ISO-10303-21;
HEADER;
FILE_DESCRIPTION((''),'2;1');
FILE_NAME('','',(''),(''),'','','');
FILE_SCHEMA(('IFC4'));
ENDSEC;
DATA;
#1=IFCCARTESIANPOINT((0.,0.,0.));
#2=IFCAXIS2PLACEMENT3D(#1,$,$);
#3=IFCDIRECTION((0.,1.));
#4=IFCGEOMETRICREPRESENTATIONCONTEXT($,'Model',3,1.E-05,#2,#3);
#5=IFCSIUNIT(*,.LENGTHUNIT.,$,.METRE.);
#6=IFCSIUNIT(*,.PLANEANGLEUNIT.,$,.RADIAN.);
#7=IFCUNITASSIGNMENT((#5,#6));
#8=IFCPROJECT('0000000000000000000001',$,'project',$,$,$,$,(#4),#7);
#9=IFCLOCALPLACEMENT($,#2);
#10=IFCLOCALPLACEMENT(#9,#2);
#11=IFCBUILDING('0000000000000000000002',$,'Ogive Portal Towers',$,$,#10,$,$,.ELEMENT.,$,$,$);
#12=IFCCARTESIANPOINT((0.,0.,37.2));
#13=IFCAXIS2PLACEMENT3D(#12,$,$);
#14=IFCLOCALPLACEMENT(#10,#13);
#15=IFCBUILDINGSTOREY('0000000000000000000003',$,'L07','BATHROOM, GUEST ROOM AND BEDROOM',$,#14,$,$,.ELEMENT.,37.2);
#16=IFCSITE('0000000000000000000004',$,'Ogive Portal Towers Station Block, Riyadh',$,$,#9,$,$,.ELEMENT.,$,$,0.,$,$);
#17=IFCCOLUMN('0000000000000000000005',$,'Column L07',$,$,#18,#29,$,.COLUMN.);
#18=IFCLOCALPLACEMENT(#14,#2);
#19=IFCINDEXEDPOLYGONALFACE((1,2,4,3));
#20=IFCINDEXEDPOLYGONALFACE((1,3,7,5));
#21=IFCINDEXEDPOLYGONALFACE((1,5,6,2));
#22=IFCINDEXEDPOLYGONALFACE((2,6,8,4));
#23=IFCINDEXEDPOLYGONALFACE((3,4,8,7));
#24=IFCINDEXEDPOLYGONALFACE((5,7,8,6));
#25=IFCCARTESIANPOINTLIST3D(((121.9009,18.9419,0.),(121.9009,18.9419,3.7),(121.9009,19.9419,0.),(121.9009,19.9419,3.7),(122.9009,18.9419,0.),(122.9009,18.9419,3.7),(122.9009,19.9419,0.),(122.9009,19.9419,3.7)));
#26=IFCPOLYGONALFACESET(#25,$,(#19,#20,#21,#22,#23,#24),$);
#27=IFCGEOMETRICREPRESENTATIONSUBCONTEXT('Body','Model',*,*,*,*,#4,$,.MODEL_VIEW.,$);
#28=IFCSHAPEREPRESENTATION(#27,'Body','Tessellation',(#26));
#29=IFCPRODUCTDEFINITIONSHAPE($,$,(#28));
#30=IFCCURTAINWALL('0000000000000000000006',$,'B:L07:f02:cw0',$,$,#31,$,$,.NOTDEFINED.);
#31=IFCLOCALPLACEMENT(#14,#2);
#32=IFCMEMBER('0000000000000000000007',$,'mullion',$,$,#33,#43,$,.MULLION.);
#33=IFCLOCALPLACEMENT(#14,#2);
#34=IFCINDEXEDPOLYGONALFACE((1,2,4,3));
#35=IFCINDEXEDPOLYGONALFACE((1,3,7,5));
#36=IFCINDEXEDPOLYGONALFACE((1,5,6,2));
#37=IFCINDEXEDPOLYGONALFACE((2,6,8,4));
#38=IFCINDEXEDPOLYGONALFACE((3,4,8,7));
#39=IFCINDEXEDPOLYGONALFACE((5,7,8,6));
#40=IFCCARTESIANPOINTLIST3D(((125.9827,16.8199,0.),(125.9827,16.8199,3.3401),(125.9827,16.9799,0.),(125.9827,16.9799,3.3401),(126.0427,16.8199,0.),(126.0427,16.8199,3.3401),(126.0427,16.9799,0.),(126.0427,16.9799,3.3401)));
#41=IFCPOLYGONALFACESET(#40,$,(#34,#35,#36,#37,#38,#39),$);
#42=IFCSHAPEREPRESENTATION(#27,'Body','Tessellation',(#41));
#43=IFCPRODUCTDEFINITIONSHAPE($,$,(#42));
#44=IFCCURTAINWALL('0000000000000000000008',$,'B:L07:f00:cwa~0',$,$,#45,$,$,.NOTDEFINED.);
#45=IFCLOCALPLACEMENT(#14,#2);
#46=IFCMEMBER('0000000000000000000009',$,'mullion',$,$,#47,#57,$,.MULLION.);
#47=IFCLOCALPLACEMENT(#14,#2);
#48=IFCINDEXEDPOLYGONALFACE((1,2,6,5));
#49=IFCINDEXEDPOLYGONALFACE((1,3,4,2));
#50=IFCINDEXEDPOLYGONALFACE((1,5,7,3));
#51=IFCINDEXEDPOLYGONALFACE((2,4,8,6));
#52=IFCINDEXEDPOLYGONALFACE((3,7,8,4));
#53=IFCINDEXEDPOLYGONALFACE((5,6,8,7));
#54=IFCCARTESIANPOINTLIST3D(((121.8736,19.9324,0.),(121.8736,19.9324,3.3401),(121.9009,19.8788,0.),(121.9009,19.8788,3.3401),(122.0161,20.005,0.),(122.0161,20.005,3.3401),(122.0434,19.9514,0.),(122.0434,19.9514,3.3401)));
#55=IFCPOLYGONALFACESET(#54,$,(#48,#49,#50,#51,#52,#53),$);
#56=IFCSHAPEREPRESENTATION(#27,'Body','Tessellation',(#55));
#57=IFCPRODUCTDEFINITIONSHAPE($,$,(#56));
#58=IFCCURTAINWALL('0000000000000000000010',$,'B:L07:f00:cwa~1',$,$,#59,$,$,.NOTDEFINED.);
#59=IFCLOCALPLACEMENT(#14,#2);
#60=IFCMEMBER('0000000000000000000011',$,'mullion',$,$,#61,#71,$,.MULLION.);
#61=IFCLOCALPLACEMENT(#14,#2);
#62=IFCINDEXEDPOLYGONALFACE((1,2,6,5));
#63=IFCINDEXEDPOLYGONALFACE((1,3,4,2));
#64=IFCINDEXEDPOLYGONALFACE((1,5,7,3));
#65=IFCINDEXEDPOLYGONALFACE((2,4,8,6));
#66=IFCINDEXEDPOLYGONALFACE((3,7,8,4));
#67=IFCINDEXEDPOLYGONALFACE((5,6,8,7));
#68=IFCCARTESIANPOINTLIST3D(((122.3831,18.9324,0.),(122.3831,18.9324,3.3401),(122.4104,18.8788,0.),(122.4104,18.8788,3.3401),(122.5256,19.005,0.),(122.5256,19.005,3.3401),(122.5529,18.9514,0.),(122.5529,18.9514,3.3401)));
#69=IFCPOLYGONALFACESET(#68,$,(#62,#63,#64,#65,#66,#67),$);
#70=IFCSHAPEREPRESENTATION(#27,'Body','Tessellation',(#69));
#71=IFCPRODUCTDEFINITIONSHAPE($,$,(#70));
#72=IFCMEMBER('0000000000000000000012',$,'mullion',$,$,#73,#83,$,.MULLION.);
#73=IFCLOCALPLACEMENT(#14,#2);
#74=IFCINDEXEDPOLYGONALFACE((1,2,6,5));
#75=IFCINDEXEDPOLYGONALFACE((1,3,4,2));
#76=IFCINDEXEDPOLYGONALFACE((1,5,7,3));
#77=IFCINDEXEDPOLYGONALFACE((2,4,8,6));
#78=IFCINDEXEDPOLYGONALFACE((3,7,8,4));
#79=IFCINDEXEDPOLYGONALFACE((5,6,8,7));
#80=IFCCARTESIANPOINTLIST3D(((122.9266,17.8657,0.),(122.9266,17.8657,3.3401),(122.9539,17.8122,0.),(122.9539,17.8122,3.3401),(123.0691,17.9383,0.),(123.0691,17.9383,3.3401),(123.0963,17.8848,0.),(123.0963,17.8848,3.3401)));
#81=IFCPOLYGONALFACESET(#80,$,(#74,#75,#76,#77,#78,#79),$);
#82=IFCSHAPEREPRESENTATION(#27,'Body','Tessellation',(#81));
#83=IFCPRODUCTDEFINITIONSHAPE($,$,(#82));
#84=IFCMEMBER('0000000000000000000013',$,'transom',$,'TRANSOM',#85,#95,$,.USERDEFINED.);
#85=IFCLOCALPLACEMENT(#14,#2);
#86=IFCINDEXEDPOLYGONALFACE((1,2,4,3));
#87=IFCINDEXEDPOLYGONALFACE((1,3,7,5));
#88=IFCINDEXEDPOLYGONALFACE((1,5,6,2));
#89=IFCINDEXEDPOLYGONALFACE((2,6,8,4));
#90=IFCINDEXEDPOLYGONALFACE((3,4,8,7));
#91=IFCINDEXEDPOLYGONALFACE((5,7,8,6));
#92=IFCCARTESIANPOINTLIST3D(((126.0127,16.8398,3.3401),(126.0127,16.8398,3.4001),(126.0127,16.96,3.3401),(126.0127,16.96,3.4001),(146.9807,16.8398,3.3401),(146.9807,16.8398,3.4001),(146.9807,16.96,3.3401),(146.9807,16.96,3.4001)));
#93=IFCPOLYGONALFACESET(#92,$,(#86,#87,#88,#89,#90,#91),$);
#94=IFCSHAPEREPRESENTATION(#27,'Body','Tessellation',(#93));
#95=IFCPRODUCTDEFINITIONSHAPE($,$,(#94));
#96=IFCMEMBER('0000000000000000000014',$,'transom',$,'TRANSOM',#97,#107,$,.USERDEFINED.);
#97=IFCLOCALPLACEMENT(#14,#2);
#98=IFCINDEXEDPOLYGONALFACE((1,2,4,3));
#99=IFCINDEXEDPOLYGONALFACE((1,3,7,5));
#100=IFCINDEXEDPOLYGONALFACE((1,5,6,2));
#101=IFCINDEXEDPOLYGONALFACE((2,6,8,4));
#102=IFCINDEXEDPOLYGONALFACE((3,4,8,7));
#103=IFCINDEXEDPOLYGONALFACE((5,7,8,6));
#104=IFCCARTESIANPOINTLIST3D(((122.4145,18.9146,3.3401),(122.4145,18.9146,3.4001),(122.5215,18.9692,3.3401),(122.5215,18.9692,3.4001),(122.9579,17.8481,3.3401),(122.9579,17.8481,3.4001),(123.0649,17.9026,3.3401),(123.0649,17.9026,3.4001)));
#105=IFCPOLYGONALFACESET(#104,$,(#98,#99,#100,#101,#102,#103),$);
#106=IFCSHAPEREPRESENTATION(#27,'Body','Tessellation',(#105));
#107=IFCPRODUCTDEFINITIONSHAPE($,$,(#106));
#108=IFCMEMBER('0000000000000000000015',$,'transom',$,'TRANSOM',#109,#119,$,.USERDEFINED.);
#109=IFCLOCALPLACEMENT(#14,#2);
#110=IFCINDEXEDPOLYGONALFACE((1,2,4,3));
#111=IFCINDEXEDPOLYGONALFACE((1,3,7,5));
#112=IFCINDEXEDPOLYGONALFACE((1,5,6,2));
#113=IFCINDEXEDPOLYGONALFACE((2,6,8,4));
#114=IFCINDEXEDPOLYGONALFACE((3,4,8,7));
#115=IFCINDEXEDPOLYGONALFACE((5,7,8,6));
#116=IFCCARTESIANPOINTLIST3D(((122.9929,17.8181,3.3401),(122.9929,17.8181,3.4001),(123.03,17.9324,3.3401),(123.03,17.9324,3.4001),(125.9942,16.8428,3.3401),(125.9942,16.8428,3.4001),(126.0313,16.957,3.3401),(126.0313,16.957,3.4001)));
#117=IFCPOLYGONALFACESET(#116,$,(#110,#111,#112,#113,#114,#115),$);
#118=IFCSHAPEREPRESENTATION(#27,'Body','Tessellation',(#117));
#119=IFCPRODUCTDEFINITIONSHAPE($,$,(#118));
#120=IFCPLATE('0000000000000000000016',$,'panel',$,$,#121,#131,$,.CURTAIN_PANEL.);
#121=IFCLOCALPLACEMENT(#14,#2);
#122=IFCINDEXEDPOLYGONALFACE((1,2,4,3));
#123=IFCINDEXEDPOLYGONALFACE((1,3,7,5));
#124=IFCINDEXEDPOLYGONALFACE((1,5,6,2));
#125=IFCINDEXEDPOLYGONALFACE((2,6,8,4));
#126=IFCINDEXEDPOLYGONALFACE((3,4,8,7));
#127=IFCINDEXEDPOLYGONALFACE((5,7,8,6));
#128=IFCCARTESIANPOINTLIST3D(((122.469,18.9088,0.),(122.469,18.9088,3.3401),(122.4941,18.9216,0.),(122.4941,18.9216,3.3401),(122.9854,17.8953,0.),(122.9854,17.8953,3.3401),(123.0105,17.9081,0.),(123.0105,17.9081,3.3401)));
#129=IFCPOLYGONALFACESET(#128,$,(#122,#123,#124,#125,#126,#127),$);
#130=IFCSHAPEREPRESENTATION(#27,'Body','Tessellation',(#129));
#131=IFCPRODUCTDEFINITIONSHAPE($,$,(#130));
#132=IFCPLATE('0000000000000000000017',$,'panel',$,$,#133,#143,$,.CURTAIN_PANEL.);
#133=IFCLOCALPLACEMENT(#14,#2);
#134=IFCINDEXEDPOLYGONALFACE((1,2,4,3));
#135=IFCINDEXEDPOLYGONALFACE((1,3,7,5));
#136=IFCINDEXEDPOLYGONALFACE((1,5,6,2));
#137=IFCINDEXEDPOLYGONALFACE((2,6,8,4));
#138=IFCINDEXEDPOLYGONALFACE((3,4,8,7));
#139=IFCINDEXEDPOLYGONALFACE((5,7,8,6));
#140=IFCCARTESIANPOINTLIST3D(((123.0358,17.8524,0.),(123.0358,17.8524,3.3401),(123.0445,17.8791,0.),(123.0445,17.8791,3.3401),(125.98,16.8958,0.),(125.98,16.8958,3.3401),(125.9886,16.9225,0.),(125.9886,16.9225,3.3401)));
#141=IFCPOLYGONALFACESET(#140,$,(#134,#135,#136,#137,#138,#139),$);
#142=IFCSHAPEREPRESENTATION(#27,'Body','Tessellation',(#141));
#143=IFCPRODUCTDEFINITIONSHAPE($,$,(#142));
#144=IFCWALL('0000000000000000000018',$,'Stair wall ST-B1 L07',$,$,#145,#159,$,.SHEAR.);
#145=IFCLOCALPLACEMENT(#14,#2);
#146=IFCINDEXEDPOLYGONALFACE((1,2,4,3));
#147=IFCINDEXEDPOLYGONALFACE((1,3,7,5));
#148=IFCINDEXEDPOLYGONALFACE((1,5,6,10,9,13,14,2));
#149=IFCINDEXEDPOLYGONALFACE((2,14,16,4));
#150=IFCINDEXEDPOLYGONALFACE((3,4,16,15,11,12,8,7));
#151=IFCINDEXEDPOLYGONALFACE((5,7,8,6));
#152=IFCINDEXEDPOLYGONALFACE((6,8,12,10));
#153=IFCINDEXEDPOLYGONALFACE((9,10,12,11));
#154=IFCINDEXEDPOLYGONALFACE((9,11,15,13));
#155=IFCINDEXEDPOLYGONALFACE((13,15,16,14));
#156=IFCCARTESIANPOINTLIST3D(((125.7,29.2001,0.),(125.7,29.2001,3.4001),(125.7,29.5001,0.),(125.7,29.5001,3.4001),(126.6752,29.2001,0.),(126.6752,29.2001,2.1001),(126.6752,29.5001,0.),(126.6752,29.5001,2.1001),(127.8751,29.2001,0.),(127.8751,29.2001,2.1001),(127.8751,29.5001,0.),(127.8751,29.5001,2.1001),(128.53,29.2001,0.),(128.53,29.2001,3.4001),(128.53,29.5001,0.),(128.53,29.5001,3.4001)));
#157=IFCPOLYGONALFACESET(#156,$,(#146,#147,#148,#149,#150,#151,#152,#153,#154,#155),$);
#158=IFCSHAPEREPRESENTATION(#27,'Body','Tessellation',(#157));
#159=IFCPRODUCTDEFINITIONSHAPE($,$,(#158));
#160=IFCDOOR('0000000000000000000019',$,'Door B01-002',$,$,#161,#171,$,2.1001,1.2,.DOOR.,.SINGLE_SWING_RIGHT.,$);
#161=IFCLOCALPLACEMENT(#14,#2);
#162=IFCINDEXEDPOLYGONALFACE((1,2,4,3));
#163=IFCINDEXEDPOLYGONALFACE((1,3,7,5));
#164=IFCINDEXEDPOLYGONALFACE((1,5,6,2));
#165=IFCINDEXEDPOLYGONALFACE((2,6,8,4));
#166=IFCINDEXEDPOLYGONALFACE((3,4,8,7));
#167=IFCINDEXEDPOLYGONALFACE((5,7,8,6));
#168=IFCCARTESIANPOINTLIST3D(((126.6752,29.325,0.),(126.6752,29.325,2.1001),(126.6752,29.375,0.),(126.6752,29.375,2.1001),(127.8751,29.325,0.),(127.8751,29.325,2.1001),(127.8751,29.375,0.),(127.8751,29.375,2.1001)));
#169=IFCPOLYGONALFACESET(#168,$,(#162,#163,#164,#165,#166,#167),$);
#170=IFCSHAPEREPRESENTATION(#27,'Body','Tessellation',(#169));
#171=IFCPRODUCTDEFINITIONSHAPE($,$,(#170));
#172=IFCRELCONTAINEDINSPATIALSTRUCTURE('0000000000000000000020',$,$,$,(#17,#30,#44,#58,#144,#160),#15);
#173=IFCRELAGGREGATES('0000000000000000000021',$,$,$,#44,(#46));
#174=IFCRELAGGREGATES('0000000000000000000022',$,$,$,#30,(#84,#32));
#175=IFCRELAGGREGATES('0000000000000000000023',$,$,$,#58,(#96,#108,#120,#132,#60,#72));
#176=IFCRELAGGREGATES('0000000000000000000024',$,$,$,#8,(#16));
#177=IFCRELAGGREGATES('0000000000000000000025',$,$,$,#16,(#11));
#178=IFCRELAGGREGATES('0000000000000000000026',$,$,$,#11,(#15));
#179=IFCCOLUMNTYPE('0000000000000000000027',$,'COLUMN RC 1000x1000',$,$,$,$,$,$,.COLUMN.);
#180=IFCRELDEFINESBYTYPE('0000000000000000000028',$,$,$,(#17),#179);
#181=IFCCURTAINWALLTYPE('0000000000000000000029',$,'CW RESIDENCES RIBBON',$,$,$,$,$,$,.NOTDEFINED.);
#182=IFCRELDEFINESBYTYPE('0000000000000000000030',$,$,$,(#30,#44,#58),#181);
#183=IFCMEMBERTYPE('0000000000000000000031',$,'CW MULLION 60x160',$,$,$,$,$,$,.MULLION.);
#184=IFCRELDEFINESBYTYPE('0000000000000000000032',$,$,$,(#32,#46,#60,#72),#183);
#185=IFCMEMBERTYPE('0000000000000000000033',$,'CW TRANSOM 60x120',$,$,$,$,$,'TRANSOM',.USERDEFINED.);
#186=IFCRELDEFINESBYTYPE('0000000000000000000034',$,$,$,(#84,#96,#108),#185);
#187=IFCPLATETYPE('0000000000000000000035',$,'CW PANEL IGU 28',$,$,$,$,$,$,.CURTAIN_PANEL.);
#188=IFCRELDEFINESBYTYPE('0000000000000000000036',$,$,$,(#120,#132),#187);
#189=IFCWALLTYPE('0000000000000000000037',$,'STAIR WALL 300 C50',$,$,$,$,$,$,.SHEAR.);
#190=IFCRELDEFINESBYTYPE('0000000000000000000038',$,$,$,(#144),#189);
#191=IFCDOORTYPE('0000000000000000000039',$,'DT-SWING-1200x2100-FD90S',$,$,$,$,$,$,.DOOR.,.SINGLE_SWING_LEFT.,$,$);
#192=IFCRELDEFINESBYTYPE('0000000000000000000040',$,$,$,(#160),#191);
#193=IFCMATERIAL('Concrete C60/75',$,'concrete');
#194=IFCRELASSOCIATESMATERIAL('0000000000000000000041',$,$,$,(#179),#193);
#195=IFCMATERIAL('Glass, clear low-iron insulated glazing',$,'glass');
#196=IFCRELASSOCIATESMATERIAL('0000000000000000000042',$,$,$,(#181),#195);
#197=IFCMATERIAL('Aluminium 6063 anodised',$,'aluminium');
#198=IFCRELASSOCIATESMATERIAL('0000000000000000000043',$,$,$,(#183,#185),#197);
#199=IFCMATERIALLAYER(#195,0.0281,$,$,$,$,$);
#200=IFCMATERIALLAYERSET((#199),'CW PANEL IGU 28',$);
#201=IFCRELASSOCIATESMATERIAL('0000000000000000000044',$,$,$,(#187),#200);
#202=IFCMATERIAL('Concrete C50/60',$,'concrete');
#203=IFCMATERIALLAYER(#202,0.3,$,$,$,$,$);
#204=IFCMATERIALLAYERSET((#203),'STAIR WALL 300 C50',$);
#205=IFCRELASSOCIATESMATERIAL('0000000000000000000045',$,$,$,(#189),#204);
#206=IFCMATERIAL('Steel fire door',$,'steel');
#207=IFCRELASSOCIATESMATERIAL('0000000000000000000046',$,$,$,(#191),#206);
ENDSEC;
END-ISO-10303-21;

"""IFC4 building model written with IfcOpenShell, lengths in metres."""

from ifc_helpers import new_model, si_unit, direction, frame, frame_2d, origin, origin_2d, place, context, subcontext, project, spatial, rectangle, extrude, material, layer, layer_set, material_profile, profile_set, type_object, element, fill, aggregate, save


model = new_model("IFC4")

# Units and contexts
model_context = context("Model", 3, precision=1e-05, world=origin(), true_north=direction((0.0, 1.0)))
body_context = subcontext(model_context, "Body", "Model", "MODEL_VIEW")
ifc_project = project(units=[si_unit("LENGTHUNIT", "METRE"), si_unit("PLANEANGLEUNIT", "RADIAN")], contexts=[model_context])

# Site, building, storey
site_placement = place(None, origin())
site = spatial("IfcSite", under=ifc_project, at=site_placement, Name="Ogive Portal Towers Station Block, Riyadh", CompositionType="ELEMENT", RefElevation=0.0)
building_placement = place(site_placement, origin())
building = spatial("IfcBuilding", under=site, at=building_placement, Name="Ogive Portal Towers", CompositionType="ELEMENT")
storey_placement = place(building_placement, frame((0.0, 0.0, 37.2)))
storey = spatial("IfcBuildingStorey", under=building, at=storey_placement, Name="L07", Description="BATHROOM, GUEST ROOM AND BEDROOM", CompositionType="ELEMENT", Elevation=37.2)

# Column
ifc_material_1 = material(Name="Concrete C60/75", Category="concrete")
ifc_material_profile_1 = material_profile(ifc_material_1, rectangle(XDim=1.0, YDim=1.0, at=origin_2d()), Name="RC 1000x1000")
ifc_profile_set_1 = profile_set([ifc_material_profile_1], Name="Concrete C60/75")
column_type = type_object("IfcColumnType", Name="COLUMN RC 1000x1000", PredefinedType="COLUMN", material=ifc_profile_set_1)
column_placement = place(storey_placement, frame((122.4009, 19.4419, 0.0), z_axis=(0.0, 0.0, 1.0), x_axis=(1.0, 0.0, 0.0)))
element("IfcColumn", 1, at=column_placement, inside=storey, type_object=column_type, Name="Column L07", PredefinedType="COLUMN", context=body_context, shape_type="SweptSolid", body=[
    extrude(rectangle(XDim=1.0, YDim=1.0, at=origin_2d()), origin(), (0.0, 0.0, 1.0), 3.7),
])

# Curtain walls, members
ifc_material_2 = material(Name="Glass, clear low-iron insulated glazing", Category="glass")
curtain_wall_type = type_object("IfcCurtainWallType", Name="CW RESIDENCES RIBBON", PredefinedType="NOTDEFINED", material=ifc_material_2)
curtain_wall_1_placement = place(storey_placement, origin())
curtain_wall_1 = element("IfcCurtainWall", 2, at=curtain_wall_1_placement, inside=storey, type_object=curtain_wall_type, Name="B:L07:f02:cw0", PredefinedType="NOTDEFINED")
ifc_material_3 = material(Name="Aluminium 6063 anodised", Category="aluminium")
ifc_material_profile_2 = material_profile(ifc_material_3, rectangle(XDim=0.1599, YDim=0.0601, at=origin_2d()), Name="AL 60x160")
ifc_profile_set_2 = profile_set([ifc_material_profile_2], Name="Aluminium 6063 anodised")
member_type_1 = type_object("IfcMemberType", Name="CW MULLION 60x160", PredefinedType="MULLION", material=ifc_profile_set_2)
member_1_placement = place(storey_placement, frame((126.0127, 16.8999, 0.0), z_axis=(0.0, 0.0, 1.0), x_axis=(0.0, 1.0, 0.0)))
member_1 = element("IfcMember", 3, at=member_1_placement, type_object=member_type_1, Name="mullion", PredefinedType="MULLION", context=body_context, shape_type="SweptSolid", body=[
    extrude(rectangle(XDim=0.1599, YDim=0.0601, at=origin_2d()), origin(), (0.0, 0.0, 1.0), 3.3401),
])
curtain_wall_2_placement = place(storey_placement, origin())
curtain_wall_2 = element("IfcCurtainWall", 4, at=curtain_wall_2_placement, inside=storey, type_object=curtain_wall_type, Name="B:L07:f00:cwa~0", PredefinedType="NOTDEFINED")
member_2_placement = place(storey_placement, frame((121.9585, 19.9419, 0.0), z_axis=(0.0, 0.0, 1.0), x_axis=(0.891007, 0.45399, 0.0)))
member_2 = element("IfcMember", 5, at=member_2_placement, type_object=member_type_1, Name="mullion", PredefinedType="MULLION", context=body_context, shape_type="SweptSolid", body=[
    extrude(rectangle(XDim=0.1599, YDim=0.0601, at=origin_2d()), origin(), (0.0, 0.0, 1.0), 3.3401),
])
aggregate(curtain_wall_2, [member_2])

# Curtain wall, members
curtain_wall_3_placement = place(storey_placement, origin())
curtain_wall_3 = element("IfcCurtainWall", 6, at=curtain_wall_3_placement, inside=storey, type_object=curtain_wall_type, Name="B:L07:f00:cwa~1", PredefinedType="NOTDEFINED")
member_3_placement = place(storey_placement, frame((122.468, 18.9419, 0.0), z_axis=(0.0, 0.0, 1.0), x_axis=(0.891007, 0.45399, 0.0)))
member_3 = element("IfcMember", 7, at=member_3_placement, type_object=member_type_1, Name="mullion", PredefinedType="MULLION", context=body_context, shape_type="SweptSolid", body=[
    extrude(rectangle(XDim=0.1599, YDim=0.0601, at=origin_2d()), origin(), (0.0, 0.0, 1.0), 3.3401),
])
member_4_placement = place(storey_placement, frame((123.0115, 17.8752, 0.0), z_axis=(0.0, 0.0, 1.0), x_axis=(0.891007, 0.45399, 0.0)))
member_4 = element("IfcMember", 8, at=member_4_placement, type_object=member_type_1, Name="mullion", PredefinedType="MULLION", context=body_context, shape_type="SweptSolid", body=[
    extrude(rectangle(XDim=0.1599, YDim=0.0601, at=origin_2d()), origin(), (0.0, 0.0, 1.0), 3.3401),
])

# Members
ifc_material_profile_3 = material_profile(ifc_material_3, rectangle(XDim=0.1201, YDim=0.0601, at=origin_2d()), Name="AL 120x60")
ifc_profile_set_3 = profile_set([ifc_material_profile_3], Name="Aluminium 6063 anodised")
member_type_2 = type_object("IfcMemberType", Name="CW TRANSOM 60x120", ElementType="TRANSOM", PredefinedType="USERDEFINED", material=ifc_profile_set_3)
member_5_placement = place(storey_placement, frame((126.0127, 16.8999, 3.3701), z_axis=(1.0, 0.0, 0.0), x_axis=(0.0, 1.0, 0.0)))
member_5 = element("IfcMember", 9, at=member_5_placement, type_object=member_type_2, Name="transom", ObjectType="TRANSOM", PredefinedType="USERDEFINED", context=body_context, shape_type="SweptSolid", body=[
    extrude(rectangle(XDim=0.1201, YDim=0.0601, at=origin_2d()), origin(), (0.0, 0.0, 1.0), 20.968),
])
aggregate(curtain_wall_1, [member_5, member_1])
member_6_placement = place(storey_placement, frame((122.468, 18.9419, 3.3701), z_axis=(0.453972, -0.891016, 0.0), x_axis=(0.891016, 0.453972, 0.0)))
member_6 = element("IfcMember", 10, at=member_6_placement, type_object=member_type_2, Name="transom", ObjectType="TRANSOM", PredefinedType="USERDEFINED", context=body_context, shape_type="SweptSolid", body=[
    extrude(rectangle(XDim=0.1201, YDim=0.0601, at=origin_2d()), origin(), (0.0, 0.0, 1.0), 1.197),
])
member_7_placement = place(storey_placement, frame((123.0115, 17.8752, 3.3701), z_axis=(0.951039, -0.30907, 0.0), x_axis=(0.30907, 0.951039, 0.0)))
member_7 = element("IfcMember", 11, at=member_7_placement, type_object=member_type_2, Name="transom", ObjectType="TRANSOM", PredefinedType="USERDEFINED", context=body_context, shape_type="SweptSolid", body=[
    extrude(rectangle(XDim=0.1201, YDim=0.0601, at=origin_2d()), origin(), (0.0, 0.0, 1.0), 3.1558),
])

# Plates
ifc_layer_1 = layer(ifc_material_2, 0.0281)
ifc_layer_set_1 = layer_set([ifc_layer_1], Name="CW PANEL IGU 28")
plate_type = type_object("IfcPlateType", Name="CW PANEL IGU 28", PredefinedType="CURTAIN_PANEL", material=ifc_layer_set_1)
plate_1_placement = place(storey_placement, frame((122.7397, 18.4084, 0.0), z_axis=(0.0, 0.0, 1.0), x_axis=(0.45399, -0.891007, 0.0)))
plate_1 = element("IfcPlate", 12, at=plate_1_placement, type_object=plate_type, Name="panel", PredefinedType="CURTAIN_PANEL", context=body_context, shape_type="SweptSolid", body=[
    extrude(rectangle(XDim=1.1375, YDim=0.0281, at=origin_2d()), origin(), (0.0, 0.0, 1.0), 3.3401),
])
plate_2_placement = place(storey_placement, frame((124.5122, 17.3875, 0.0), z_axis=(0.0, 0.0, 1.0), x_axis=(0.951057, -0.309017, 0.0)))
plate_2 = element("IfcPlate", 13, at=plate_2_placement, type_object=plate_type, Name="panel", PredefinedType="CURTAIN_PANEL", context=body_context, shape_type="SweptSolid", body=[
    extrude(rectangle(XDim=3.0957, YDim=0.0281, at=origin_2d()), origin(), (0.0, 0.0, 1.0), 3.3401),
])
aggregate(curtain_wall_3, [member_6, member_7, plate_1, plate_2, member_3, member_4])

# Wall, opening, door
ifc_material_4 = material(Name="Concrete C50/60", Category="concrete")
ifc_layer_2 = layer(ifc_material_4, 0.3)
ifc_layer_set_2 = layer_set([ifc_layer_2], Name="STAIR WALL 300 C50")
wall_type_1 = type_object("IfcWallType", Name="STAIR WALL 300 C50", PredefinedType="SHEAR", material=ifc_layer_set_2)
wall_1_placement = place(storey_placement, frame((125.7, 29.3501, 0.0), z_axis=(0.0, 0.0, 1.0), x_axis=(1.0, 0.0, 0.0)))
wall_1 = element("IfcWall", 14, at=wall_1_placement, inside=storey, type_object=wall_type_1, Name="Stair wall ST-B1 L07", PredefinedType="SHEAR", context=body_context, shape_type="SweptSolid", body=[
    extrude(rectangle(XDim=2.8301, YDim=0.3, at=frame_2d((1.415, 0.0))), origin(), (0.0, 0.0, 1.0), 3.4001),
])
opening_1_placement = place(wall_1_placement, frame((0.9751, 0.0, 0.0)))
opening_1 = element("IfcOpeningElement", 15, at=opening_1_placement, cuts=wall_1, PredefinedType="OPENING", context=body_context, shape_type="SweptSolid", body=[
    extrude(rectangle(XDim=1.2, YDim=2.1001, at=frame_2d((0.6001, 1.05))), frame((0.0, 0.1602, 0.0), z_axis=(0.0, -1.0, 0.0), x_axis=(1.0, 0.0, 0.0)), (0.0, 0.0, 1.0), 0.3201),
])
ifc_material_5 = material(Name="Steel fire door", Category="steel")
door_type_1 = type_object("IfcDoorType", Name="DT-SWING-1200x2100-FD90S", OperationType="SINGLE_SWING_LEFT", PredefinedType="DOOR", material=ifc_material_5)
door_1_placement = place(opening_1_placement, origin())
door_1 = element("IfcDoor", 16, at=door_1_placement, inside=storey, type_object=door_type_1, Name="Door B01-002", OperationType="SINGLE_SWING_RIGHT", OverallHeight=2.1001, OverallWidth=1.2, PredefinedType="DOOR", context=body_context, shape_type="SweptSolid", body=[
    extrude(rectangle(XDim=1.2, YDim=2.1001, at=frame_2d((0.6001, 1.05))), frame((0.0, 0.0249, 0.0), z_axis=(0.0, -1.0, 0.0), x_axis=(1.0, 0.0, 0.0)), (0.0, 0.0, 1.0), 0.05),
])
fill(opening_1, door_1)

save(model, "model.ifc")
